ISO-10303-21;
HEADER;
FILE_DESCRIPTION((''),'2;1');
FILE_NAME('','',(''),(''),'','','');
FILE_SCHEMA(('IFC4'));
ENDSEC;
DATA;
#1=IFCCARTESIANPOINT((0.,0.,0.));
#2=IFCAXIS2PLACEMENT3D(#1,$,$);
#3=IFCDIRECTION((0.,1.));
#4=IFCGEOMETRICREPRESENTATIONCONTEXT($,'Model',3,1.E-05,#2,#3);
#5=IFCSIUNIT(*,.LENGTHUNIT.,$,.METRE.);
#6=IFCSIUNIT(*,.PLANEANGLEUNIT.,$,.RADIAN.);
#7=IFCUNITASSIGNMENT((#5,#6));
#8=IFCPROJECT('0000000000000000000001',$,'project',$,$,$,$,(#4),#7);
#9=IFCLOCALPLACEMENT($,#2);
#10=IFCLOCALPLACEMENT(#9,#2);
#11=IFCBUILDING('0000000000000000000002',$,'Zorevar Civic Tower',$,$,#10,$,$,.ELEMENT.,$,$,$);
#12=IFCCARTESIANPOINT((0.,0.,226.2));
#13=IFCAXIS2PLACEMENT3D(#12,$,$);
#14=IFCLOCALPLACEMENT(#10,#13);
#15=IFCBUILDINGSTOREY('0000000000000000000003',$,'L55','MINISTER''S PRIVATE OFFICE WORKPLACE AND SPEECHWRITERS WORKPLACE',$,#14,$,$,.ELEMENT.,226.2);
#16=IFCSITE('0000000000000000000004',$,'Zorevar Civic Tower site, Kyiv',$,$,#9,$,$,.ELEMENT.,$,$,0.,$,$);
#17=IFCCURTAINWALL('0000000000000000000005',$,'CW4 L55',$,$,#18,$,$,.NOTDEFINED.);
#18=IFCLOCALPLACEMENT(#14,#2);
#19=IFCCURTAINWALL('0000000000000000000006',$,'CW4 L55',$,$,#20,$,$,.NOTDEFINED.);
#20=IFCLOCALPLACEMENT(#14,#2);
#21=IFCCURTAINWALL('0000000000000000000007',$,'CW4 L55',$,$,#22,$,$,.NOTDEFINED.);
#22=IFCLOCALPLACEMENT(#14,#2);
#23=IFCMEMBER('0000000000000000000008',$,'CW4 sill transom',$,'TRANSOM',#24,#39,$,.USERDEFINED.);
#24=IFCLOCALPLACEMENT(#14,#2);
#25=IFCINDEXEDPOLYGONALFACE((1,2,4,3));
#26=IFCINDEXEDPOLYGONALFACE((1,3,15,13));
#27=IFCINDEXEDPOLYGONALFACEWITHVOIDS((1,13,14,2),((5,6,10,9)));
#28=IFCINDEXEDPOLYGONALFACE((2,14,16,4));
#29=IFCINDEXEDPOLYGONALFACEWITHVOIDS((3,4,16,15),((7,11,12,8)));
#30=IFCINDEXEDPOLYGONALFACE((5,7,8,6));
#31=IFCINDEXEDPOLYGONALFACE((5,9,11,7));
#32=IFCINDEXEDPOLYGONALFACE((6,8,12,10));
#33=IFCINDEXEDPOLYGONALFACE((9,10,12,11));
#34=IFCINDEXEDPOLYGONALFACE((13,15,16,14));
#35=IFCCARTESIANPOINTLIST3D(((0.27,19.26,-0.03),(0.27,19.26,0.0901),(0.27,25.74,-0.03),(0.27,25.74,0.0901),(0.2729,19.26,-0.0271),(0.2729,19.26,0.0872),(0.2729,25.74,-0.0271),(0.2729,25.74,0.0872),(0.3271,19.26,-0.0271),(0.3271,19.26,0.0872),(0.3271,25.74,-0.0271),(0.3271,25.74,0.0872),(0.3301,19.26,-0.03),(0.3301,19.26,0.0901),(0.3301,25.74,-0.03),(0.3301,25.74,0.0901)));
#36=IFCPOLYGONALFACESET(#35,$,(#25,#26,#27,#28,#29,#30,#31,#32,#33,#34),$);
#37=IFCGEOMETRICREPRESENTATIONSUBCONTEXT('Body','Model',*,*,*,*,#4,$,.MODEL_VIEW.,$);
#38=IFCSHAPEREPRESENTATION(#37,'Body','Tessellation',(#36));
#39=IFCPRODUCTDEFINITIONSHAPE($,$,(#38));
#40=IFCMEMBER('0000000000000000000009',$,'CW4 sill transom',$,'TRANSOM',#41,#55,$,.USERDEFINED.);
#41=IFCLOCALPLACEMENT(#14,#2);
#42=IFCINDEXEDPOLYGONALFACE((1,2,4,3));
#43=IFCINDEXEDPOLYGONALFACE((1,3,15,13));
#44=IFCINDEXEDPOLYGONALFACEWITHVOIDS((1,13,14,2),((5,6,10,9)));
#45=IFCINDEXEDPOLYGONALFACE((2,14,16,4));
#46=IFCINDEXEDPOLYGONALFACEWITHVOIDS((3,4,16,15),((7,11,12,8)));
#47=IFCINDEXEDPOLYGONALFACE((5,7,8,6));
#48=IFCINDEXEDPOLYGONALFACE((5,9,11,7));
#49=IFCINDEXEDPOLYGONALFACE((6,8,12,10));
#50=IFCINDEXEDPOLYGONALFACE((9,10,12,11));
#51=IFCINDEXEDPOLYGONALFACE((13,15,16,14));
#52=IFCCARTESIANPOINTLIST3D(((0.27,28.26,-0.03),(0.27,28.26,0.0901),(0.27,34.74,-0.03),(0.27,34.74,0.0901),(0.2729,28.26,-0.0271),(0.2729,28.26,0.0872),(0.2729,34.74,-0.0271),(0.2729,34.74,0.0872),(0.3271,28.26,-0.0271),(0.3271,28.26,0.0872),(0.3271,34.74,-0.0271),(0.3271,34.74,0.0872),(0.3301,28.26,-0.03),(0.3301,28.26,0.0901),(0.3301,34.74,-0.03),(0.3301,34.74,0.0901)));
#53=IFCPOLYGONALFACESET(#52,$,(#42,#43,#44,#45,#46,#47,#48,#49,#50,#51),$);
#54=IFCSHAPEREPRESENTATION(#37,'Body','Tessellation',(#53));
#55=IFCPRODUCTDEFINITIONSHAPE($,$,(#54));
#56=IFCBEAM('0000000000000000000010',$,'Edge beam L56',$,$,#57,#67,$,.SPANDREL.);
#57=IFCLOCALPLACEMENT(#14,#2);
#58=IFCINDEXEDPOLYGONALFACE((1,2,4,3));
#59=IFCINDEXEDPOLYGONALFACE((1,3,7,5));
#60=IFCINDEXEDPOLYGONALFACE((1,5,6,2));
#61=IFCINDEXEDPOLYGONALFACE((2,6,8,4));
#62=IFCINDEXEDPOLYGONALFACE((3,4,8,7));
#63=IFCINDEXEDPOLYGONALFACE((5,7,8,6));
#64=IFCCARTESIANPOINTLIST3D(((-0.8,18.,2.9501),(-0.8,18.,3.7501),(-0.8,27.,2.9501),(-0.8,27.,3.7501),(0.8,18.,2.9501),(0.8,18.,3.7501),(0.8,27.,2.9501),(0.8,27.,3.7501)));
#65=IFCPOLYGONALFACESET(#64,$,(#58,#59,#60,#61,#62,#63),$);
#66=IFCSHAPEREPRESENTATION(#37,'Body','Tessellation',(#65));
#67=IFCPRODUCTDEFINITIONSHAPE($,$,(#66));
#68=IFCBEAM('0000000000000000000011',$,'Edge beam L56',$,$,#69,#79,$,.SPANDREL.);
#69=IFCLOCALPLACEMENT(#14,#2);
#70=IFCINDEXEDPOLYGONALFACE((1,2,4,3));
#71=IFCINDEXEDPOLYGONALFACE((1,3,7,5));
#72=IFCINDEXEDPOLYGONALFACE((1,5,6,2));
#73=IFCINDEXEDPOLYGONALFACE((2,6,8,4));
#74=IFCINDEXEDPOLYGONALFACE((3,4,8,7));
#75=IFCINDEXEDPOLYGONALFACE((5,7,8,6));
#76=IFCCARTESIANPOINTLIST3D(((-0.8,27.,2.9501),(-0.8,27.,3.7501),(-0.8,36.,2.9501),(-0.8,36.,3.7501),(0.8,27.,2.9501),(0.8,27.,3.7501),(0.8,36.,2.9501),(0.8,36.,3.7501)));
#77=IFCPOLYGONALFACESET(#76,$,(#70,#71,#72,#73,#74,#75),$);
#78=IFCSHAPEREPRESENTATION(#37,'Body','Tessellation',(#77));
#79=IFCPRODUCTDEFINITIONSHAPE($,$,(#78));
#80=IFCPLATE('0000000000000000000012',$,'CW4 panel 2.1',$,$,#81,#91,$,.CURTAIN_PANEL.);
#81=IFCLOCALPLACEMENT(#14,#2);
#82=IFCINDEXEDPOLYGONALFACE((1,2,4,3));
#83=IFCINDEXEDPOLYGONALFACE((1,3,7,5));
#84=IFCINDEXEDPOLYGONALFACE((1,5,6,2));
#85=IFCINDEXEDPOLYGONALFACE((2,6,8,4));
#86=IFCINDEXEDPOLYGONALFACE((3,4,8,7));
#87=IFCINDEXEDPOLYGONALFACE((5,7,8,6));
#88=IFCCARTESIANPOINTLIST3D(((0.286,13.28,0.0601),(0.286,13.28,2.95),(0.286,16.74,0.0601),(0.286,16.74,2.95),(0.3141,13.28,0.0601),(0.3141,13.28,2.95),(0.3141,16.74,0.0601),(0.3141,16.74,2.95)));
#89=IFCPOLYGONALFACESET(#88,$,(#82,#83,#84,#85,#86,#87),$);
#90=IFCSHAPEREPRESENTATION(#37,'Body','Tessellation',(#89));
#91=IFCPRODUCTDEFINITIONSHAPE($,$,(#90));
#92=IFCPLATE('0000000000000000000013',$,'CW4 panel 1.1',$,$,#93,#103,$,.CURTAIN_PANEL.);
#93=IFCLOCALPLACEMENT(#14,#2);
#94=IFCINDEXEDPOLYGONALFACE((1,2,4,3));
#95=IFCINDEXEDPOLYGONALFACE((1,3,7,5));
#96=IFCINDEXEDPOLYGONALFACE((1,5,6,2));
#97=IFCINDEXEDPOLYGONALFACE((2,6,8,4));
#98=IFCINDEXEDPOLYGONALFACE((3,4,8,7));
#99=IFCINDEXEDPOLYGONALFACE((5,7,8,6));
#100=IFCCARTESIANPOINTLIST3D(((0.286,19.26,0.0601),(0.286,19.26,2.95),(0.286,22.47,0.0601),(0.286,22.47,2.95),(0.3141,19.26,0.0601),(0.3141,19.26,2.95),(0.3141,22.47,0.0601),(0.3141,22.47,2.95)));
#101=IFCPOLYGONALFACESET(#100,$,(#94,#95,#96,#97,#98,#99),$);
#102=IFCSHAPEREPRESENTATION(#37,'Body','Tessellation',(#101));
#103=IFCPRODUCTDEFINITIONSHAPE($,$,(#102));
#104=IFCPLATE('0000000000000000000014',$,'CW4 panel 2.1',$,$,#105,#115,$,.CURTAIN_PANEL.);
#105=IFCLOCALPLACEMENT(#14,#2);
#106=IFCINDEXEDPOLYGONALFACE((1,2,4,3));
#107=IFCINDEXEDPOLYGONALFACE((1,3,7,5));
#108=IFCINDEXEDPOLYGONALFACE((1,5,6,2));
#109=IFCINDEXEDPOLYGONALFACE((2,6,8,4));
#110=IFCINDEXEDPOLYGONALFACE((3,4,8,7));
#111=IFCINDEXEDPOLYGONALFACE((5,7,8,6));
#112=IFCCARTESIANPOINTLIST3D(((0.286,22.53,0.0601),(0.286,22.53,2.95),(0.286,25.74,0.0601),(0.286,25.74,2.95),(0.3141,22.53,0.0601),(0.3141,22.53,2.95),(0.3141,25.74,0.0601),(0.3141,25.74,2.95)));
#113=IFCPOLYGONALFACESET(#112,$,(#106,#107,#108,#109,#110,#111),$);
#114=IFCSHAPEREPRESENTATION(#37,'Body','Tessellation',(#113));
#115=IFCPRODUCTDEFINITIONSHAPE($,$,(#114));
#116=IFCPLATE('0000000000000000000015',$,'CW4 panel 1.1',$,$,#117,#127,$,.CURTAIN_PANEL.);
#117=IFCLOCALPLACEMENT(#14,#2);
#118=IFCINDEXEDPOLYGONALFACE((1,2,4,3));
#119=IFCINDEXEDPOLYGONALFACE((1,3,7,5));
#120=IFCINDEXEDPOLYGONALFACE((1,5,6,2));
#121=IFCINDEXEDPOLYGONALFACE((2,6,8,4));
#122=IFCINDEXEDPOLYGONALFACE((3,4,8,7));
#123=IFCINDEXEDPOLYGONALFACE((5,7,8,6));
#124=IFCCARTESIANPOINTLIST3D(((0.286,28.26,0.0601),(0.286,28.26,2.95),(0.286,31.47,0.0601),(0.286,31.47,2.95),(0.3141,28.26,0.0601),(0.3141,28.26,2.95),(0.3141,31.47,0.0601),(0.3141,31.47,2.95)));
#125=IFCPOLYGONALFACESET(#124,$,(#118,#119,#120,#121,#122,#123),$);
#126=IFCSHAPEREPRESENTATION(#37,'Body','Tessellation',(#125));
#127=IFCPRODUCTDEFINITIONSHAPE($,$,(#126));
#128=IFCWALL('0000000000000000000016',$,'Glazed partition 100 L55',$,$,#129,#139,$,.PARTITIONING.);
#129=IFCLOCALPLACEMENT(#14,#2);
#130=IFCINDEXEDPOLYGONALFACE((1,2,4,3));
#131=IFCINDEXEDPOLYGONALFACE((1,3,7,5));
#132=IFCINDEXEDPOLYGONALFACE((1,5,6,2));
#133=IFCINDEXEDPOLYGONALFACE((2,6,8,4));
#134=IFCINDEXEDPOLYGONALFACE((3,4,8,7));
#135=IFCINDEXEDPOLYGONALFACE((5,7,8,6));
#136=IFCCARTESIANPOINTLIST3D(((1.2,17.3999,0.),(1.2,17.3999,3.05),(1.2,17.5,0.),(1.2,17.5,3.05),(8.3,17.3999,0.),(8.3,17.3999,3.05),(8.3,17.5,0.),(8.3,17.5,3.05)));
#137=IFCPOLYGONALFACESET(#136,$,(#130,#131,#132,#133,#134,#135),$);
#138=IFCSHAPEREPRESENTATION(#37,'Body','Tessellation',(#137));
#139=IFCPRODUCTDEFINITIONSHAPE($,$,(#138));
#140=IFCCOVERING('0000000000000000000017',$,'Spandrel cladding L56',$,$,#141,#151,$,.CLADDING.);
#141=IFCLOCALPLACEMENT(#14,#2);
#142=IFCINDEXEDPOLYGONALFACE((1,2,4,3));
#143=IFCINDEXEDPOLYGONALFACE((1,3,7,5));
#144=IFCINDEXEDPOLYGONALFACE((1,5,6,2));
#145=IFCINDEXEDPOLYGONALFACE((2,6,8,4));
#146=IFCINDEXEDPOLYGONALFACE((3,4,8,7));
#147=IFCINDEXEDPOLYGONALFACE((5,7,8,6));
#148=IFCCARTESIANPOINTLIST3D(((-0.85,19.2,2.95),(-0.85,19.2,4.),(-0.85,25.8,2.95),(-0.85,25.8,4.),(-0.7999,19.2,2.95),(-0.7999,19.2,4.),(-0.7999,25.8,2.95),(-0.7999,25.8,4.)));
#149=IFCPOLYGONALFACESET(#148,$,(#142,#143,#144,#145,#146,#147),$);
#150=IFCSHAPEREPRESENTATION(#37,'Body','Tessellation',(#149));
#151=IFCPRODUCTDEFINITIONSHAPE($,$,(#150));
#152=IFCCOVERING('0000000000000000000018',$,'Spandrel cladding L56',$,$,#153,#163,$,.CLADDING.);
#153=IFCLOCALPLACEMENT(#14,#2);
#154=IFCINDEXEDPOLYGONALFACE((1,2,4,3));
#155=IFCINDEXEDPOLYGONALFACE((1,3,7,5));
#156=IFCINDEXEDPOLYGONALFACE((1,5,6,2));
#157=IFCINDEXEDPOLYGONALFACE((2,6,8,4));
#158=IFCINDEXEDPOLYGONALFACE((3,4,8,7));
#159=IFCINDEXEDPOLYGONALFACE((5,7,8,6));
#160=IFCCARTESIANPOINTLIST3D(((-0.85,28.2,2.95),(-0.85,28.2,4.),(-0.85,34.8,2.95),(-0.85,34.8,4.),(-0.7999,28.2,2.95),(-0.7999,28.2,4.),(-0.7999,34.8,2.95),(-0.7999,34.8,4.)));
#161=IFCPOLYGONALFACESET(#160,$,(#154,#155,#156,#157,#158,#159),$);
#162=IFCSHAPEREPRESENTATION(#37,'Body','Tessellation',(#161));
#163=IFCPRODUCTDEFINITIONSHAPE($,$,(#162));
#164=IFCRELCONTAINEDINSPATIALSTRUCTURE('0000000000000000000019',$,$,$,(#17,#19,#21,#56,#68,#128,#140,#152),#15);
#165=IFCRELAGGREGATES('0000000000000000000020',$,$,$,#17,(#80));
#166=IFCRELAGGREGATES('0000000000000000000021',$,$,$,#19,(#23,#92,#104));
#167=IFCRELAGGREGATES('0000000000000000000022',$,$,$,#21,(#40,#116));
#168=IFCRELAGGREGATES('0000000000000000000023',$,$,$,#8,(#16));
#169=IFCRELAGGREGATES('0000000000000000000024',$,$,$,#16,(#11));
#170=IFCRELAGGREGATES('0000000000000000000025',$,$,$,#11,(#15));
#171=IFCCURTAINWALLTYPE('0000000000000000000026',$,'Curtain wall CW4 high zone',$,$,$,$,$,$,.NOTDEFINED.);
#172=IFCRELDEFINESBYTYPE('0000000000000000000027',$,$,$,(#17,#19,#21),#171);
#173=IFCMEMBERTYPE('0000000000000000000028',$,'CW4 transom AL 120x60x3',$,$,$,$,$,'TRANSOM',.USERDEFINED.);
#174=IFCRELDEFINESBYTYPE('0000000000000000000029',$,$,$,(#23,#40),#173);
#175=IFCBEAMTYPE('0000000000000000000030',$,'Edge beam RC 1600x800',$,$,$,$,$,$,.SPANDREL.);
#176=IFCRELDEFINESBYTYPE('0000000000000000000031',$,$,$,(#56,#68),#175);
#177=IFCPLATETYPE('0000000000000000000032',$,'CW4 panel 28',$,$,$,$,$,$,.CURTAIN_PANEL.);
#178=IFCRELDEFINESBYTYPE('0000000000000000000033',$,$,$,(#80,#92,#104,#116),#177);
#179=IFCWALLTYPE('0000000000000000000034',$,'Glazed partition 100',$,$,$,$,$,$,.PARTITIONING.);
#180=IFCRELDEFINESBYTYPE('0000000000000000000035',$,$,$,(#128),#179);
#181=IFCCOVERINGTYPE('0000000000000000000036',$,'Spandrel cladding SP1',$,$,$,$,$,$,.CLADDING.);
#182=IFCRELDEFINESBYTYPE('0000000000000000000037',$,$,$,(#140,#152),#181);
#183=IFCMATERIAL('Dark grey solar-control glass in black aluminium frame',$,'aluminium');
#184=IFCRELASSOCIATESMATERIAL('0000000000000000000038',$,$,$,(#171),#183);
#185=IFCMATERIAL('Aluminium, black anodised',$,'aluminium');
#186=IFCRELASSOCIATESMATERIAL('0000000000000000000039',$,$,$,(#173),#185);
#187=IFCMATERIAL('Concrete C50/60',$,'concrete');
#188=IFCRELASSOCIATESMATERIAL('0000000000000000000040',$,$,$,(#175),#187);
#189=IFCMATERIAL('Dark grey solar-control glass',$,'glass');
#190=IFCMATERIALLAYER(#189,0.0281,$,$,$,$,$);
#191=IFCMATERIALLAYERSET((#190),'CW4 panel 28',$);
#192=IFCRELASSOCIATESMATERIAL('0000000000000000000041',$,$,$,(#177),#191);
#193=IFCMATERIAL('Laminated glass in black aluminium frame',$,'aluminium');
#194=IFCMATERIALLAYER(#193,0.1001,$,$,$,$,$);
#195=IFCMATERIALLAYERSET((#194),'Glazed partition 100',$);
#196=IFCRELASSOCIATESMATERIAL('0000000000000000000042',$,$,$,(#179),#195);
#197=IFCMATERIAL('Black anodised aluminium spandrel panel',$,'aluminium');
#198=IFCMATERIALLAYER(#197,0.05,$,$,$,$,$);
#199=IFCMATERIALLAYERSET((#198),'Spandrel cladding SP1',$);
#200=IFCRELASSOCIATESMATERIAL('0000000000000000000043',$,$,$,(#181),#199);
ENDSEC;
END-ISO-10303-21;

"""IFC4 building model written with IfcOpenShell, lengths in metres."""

from ifc_helpers import new_model, si_unit, direction, frame, frame_2d, origin, origin_2d, place, context, subcontext, project, spatial, rectangle, hollow_rectangle, extrude, material, layer, layer_set, material_profile, profile_set, type_object, element, aggregate, save


model = new_model("IFC4")

# Units and contexts
model_context = context("Model", 3, precision=1e-05, world=origin(), true_north=direction((0.0, 1.0)))
body_context = subcontext(model_context, "Body", "Model", "MODEL_VIEW")
ifc_project = project(units=[si_unit("LENGTHUNIT", "METRE"), si_unit("PLANEANGLEUNIT", "RADIAN")], contexts=[model_context])

# Site, building, storey
site_placement = place(None, origin())
site = spatial("IfcSite", under=ifc_project, at=site_placement, Name="Zorevar Civic Tower site, Kyiv", CompositionType="ELEMENT", RefElevation=0.0)
building_placement = place(site_placement, origin())
building = spatial("IfcBuilding", under=site, at=building_placement, Name="Zorevar Civic Tower", CompositionType="ELEMENT")
storey_placement = place(building_placement, frame((0.0, 0.0, 226.2)))
storey = spatial("IfcBuildingStorey", under=building, at=storey_placement, Name="L55", Description="MINISTER'S PRIVATE OFFICE WORKPLACE AND SPEECHWRITERS WORKPLACE", CompositionType="ELEMENT", Elevation=226.2)

# Curtain wall
ifc_material_1 = material(Name="Dark grey solar-control glass in black aluminium frame", Category="aluminium")
curtain_wall_type = type_object("IfcCurtainWallType", Name="Curtain wall CW4 high zone", PredefinedType="NOTDEFINED", material=ifc_material_1)
curtain_wall_1_placement = place(storey_placement, origin())
curtain_wall_1 = element("IfcCurtainWall", 1, at=curtain_wall_1_placement, inside=storey, type_object=curtain_wall_type, Name="CW4 L55", PredefinedType="NOTDEFINED")

# Curtain walls
curtain_wall_2_placement = place(storey_placement, origin())
curtain_wall_2 = element("IfcCurtainWall", 2, at=curtain_wall_2_placement, inside=storey, type_object=curtain_wall_type, Name="CW4 L55", PredefinedType="NOTDEFINED")
curtain_wall_3_placement = place(storey_placement, origin())
curtain_wall_3 = element("IfcCurtainWall", 3, at=curtain_wall_3_placement, inside=storey, type_object=curtain_wall_type, Name="CW4 L55", PredefinedType="NOTDEFINED")

# Members
ifc_material_2 = material(Name="Aluminium, black anodised", Category="aluminium")
ifc_material_profile_1 = material_profile(ifc_material_2, hollow_rectangle(XDim=0.0601, YDim=0.1201, WallThickness=0.0029, at=origin_2d()), Name="AL 120x60x3")
ifc_profile_set_1 = profile_set([ifc_material_profile_1], Name="Aluminium, black anodised")
member_type_1 = type_object("IfcMemberType", Name="CW4 transom AL 120x60x3", ElementType="TRANSOM", PredefinedType="USERDEFINED", material=ifc_profile_set_1)
member_1_placement = place(storey_placement, frame((0.3, 19.26, 0.03), z_axis=(0.0, 1.0, 0.0), x_axis=(-1.0, 0.0, 0.0)))
member_1 = element("IfcMember", 4, at=member_1_placement, type_object=member_type_1, Name="CW4 sill transom", ObjectType="TRANSOM", PredefinedType="USERDEFINED", context=body_context, shape_type="SweptSolid", body=[
    extrude(hollow_rectangle(XDim=0.0601, YDim=0.1201, WallThickness=0.0029, at=origin_2d()), origin(), (0.0, 0.0, 1.0), 6.48),
])
member_2_placement = place(storey_placement, frame((0.3, 28.26, 0.03), z_axis=(0.0, 1.0, 0.0), x_axis=(-1.0, 0.0, 0.0)))
member_2 = element("IfcMember", 5, at=member_2_placement, type_object=member_type_1, Name="CW4 sill transom", ObjectType="TRANSOM", PredefinedType="USERDEFINED", context=body_context, shape_type="SweptSolid", body=[
    extrude(hollow_rectangle(XDim=0.0601, YDim=0.1201, WallThickness=0.0029, at=origin_2d()), origin(), (0.0, 0.0, 1.0), 6.48),
])

# Beams
ifc_material_3 = material(Name="Concrete C50/60", Category="concrete")
ifc_material_profile_2 = material_profile(ifc_material_3, rectangle(XDim=1.6001, YDim=0.8, at=origin_2d()), Name="RC 1600x800")
ifc_profile_set_2 = profile_set([ifc_material_profile_2], Name="Concrete C50/60")
beam_type_1 = type_object("IfcBeamType", Name="Edge beam RC 1600x800", PredefinedType="SPANDREL", material=ifc_profile_set_2)
for number, where, z_axis, x_axis, name in (
    (6, (0.0, 18.0, 3.3501), (0.0, 1.0, 0.0), (-1.0, 0.0, 0.0), "Edge beam L56"),
    (7, (0.0, 27.0, 3.3501), (0.0, 1.0, 0.0), (-1.0, 0.0, 0.0), "Edge beam L56"),
):
    element("IfcBeam", number, at=place(storey_placement, frame(where, z_axis=z_axis, x_axis=x_axis)), inside=storey, type_object=beam_type_1, Name=name, PredefinedType="SPANDREL", context=body_context, shape_type="SweptSolid", body=[
        extrude(rectangle(XDim=1.6001, YDim=0.8, at=origin_2d()), origin(), (0.0, 0.0, 1.0), 9.0),
    ])

# Plates
ifc_material_4 = material(Name="Dark grey solar-control glass", Category="glass")
ifc_layer_1 = layer(ifc_material_4, 0.0281)
ifc_layer_set_1 = layer_set([ifc_layer_1], Name="CW4 panel 28")
plate_type = type_object("IfcPlateType", Name="CW4 panel 28", PredefinedType="CURTAIN_PANEL", material=ifc_layer_set_1)
plate_1_placement = place(storey_placement, frame((0.3, 15.01, 0.0601), z_axis=(0.0, 0.0, 1.0), x_axis=(0.0, 1.0, 0.0)))
plate_1 = element("IfcPlate", 8, at=plate_1_placement, type_object=plate_type, Name="CW4 panel 2.1", PredefinedType="CURTAIN_PANEL", context=body_context, shape_type="SweptSolid", body=[
    extrude(rectangle(XDim=3.46, YDim=0.0281, at=origin_2d()), origin(), (0.0, 0.0, 1.0), 2.8899),
])
aggregate(curtain_wall_1, [plate_1])
plate_2_placement = place(storey_placement, frame((0.3, 20.865, 0.0601), z_axis=(0.0, 0.0, 1.0), x_axis=(0.0, 1.0, 0.0)))
plate_2 = element("IfcPlate", 9, at=plate_2_placement, type_object=plate_type, Name="CW4 panel 1.1", PredefinedType="CURTAIN_PANEL", context=body_context, shape_type="SweptSolid", body=[
    extrude(rectangle(XDim=3.21, YDim=0.0281, at=origin_2d()), origin(), (0.0, 0.0, 1.0), 2.8899),
])
plate_3_placement = place(storey_placement, frame((0.3, 24.135, 0.0601), z_axis=(0.0, 0.0, 1.0), x_axis=(0.0, 1.0, 0.0)))
plate_3 = element("IfcPlate", 10, at=plate_3_placement, type_object=plate_type, Name="CW4 panel 2.1", PredefinedType="CURTAIN_PANEL", context=body_context, shape_type="SweptSolid", body=[
    extrude(rectangle(XDim=3.21, YDim=0.0281, at=origin_2d()), origin(), (0.0, 0.0, 1.0), 2.8899),
])
aggregate(curtain_wall_2, [member_1, plate_2, plate_3])
plate_4_placement = place(storey_placement, frame((0.3, 29.865, 0.0601), z_axis=(0.0, 0.0, 1.0), x_axis=(0.0, 1.0, 0.0)))
plate_4 = element("IfcPlate", 11, at=plate_4_placement, type_object=plate_type, Name="CW4 panel 1.1", PredefinedType="CURTAIN_PANEL", context=body_context, shape_type="SweptSolid", body=[
    extrude(rectangle(XDim=3.21, YDim=0.0281, at=origin_2d()), origin(), (0.0, 0.0, 1.0), 2.8899),
])
aggregate(curtain_wall_3, [member_2, plate_4])

# Wall
ifc_material_5 = material(Name="Laminated glass in black aluminium frame", Category="aluminium")
ifc_layer_2 = layer(ifc_material_5, 0.1001)
ifc_layer_set_2 = layer_set([ifc_layer_2], Name="Glazed partition 100")
wall_type = type_object("IfcWallType", Name="Glazed partition 100", PredefinedType="PARTITIONING", material=ifc_layer_set_2)
wall_placement = place(storey_placement, frame((1.2, 17.45, 0.0), z_axis=(0.0, 0.0, 1.0), x_axis=(1.0, 0.0, 0.0)))
element("IfcWall", 12, at=wall_placement, inside=storey, type_object=wall_type, Name="Glazed partition 100 L55", PredefinedType="PARTITIONING", context=body_context, shape_type="SweptSolid", body=[
    extrude(rectangle(XDim=7.1001, YDim=0.1001, at=frame_2d((3.55, 0.0))), origin(), (0.0, 0.0, 1.0), 3.05),
])

# Coverings
ifc_material_6 = material(Name="Black anodised aluminium spandrel panel", Category="aluminium")
ifc_layer_3 = layer(ifc_material_6, 0.05)
ifc_layer_set_3 = layer_set([ifc_layer_3], Name="Spandrel cladding SP1")
covering_type = type_object("IfcCoveringType", Name="Spandrel cladding SP1", PredefinedType="CLADDING", material=ifc_layer_set_3)
for number, where, z_axis, x_axis, name in (
    (13, (-0.825, 19.2, 2.95), (0.0, 0.0, 1.0), (0.0, 1.0, 0.0), "Spandrel cladding L56"),
    (14, (-0.825, 28.2, 2.95), (0.0, 0.0, 1.0), (0.0, 1.0, 0.0), "Spandrel cladding L56"),
):
    element("IfcCovering", number, at=place(storey_placement, frame(where, z_axis=z_axis, x_axis=x_axis)), inside=storey, type_object=covering_type, Name=name, PredefinedType="CLADDING", context=body_context, shape_type="SweptSolid", body=[
        extrude(rectangle(XDim=6.6001, YDim=0.05, at=frame_2d((3.3, 0.0))), origin(), (0.0, 0.0, 1.0), 1.05),
    ])

save(model, "model.ifc")
